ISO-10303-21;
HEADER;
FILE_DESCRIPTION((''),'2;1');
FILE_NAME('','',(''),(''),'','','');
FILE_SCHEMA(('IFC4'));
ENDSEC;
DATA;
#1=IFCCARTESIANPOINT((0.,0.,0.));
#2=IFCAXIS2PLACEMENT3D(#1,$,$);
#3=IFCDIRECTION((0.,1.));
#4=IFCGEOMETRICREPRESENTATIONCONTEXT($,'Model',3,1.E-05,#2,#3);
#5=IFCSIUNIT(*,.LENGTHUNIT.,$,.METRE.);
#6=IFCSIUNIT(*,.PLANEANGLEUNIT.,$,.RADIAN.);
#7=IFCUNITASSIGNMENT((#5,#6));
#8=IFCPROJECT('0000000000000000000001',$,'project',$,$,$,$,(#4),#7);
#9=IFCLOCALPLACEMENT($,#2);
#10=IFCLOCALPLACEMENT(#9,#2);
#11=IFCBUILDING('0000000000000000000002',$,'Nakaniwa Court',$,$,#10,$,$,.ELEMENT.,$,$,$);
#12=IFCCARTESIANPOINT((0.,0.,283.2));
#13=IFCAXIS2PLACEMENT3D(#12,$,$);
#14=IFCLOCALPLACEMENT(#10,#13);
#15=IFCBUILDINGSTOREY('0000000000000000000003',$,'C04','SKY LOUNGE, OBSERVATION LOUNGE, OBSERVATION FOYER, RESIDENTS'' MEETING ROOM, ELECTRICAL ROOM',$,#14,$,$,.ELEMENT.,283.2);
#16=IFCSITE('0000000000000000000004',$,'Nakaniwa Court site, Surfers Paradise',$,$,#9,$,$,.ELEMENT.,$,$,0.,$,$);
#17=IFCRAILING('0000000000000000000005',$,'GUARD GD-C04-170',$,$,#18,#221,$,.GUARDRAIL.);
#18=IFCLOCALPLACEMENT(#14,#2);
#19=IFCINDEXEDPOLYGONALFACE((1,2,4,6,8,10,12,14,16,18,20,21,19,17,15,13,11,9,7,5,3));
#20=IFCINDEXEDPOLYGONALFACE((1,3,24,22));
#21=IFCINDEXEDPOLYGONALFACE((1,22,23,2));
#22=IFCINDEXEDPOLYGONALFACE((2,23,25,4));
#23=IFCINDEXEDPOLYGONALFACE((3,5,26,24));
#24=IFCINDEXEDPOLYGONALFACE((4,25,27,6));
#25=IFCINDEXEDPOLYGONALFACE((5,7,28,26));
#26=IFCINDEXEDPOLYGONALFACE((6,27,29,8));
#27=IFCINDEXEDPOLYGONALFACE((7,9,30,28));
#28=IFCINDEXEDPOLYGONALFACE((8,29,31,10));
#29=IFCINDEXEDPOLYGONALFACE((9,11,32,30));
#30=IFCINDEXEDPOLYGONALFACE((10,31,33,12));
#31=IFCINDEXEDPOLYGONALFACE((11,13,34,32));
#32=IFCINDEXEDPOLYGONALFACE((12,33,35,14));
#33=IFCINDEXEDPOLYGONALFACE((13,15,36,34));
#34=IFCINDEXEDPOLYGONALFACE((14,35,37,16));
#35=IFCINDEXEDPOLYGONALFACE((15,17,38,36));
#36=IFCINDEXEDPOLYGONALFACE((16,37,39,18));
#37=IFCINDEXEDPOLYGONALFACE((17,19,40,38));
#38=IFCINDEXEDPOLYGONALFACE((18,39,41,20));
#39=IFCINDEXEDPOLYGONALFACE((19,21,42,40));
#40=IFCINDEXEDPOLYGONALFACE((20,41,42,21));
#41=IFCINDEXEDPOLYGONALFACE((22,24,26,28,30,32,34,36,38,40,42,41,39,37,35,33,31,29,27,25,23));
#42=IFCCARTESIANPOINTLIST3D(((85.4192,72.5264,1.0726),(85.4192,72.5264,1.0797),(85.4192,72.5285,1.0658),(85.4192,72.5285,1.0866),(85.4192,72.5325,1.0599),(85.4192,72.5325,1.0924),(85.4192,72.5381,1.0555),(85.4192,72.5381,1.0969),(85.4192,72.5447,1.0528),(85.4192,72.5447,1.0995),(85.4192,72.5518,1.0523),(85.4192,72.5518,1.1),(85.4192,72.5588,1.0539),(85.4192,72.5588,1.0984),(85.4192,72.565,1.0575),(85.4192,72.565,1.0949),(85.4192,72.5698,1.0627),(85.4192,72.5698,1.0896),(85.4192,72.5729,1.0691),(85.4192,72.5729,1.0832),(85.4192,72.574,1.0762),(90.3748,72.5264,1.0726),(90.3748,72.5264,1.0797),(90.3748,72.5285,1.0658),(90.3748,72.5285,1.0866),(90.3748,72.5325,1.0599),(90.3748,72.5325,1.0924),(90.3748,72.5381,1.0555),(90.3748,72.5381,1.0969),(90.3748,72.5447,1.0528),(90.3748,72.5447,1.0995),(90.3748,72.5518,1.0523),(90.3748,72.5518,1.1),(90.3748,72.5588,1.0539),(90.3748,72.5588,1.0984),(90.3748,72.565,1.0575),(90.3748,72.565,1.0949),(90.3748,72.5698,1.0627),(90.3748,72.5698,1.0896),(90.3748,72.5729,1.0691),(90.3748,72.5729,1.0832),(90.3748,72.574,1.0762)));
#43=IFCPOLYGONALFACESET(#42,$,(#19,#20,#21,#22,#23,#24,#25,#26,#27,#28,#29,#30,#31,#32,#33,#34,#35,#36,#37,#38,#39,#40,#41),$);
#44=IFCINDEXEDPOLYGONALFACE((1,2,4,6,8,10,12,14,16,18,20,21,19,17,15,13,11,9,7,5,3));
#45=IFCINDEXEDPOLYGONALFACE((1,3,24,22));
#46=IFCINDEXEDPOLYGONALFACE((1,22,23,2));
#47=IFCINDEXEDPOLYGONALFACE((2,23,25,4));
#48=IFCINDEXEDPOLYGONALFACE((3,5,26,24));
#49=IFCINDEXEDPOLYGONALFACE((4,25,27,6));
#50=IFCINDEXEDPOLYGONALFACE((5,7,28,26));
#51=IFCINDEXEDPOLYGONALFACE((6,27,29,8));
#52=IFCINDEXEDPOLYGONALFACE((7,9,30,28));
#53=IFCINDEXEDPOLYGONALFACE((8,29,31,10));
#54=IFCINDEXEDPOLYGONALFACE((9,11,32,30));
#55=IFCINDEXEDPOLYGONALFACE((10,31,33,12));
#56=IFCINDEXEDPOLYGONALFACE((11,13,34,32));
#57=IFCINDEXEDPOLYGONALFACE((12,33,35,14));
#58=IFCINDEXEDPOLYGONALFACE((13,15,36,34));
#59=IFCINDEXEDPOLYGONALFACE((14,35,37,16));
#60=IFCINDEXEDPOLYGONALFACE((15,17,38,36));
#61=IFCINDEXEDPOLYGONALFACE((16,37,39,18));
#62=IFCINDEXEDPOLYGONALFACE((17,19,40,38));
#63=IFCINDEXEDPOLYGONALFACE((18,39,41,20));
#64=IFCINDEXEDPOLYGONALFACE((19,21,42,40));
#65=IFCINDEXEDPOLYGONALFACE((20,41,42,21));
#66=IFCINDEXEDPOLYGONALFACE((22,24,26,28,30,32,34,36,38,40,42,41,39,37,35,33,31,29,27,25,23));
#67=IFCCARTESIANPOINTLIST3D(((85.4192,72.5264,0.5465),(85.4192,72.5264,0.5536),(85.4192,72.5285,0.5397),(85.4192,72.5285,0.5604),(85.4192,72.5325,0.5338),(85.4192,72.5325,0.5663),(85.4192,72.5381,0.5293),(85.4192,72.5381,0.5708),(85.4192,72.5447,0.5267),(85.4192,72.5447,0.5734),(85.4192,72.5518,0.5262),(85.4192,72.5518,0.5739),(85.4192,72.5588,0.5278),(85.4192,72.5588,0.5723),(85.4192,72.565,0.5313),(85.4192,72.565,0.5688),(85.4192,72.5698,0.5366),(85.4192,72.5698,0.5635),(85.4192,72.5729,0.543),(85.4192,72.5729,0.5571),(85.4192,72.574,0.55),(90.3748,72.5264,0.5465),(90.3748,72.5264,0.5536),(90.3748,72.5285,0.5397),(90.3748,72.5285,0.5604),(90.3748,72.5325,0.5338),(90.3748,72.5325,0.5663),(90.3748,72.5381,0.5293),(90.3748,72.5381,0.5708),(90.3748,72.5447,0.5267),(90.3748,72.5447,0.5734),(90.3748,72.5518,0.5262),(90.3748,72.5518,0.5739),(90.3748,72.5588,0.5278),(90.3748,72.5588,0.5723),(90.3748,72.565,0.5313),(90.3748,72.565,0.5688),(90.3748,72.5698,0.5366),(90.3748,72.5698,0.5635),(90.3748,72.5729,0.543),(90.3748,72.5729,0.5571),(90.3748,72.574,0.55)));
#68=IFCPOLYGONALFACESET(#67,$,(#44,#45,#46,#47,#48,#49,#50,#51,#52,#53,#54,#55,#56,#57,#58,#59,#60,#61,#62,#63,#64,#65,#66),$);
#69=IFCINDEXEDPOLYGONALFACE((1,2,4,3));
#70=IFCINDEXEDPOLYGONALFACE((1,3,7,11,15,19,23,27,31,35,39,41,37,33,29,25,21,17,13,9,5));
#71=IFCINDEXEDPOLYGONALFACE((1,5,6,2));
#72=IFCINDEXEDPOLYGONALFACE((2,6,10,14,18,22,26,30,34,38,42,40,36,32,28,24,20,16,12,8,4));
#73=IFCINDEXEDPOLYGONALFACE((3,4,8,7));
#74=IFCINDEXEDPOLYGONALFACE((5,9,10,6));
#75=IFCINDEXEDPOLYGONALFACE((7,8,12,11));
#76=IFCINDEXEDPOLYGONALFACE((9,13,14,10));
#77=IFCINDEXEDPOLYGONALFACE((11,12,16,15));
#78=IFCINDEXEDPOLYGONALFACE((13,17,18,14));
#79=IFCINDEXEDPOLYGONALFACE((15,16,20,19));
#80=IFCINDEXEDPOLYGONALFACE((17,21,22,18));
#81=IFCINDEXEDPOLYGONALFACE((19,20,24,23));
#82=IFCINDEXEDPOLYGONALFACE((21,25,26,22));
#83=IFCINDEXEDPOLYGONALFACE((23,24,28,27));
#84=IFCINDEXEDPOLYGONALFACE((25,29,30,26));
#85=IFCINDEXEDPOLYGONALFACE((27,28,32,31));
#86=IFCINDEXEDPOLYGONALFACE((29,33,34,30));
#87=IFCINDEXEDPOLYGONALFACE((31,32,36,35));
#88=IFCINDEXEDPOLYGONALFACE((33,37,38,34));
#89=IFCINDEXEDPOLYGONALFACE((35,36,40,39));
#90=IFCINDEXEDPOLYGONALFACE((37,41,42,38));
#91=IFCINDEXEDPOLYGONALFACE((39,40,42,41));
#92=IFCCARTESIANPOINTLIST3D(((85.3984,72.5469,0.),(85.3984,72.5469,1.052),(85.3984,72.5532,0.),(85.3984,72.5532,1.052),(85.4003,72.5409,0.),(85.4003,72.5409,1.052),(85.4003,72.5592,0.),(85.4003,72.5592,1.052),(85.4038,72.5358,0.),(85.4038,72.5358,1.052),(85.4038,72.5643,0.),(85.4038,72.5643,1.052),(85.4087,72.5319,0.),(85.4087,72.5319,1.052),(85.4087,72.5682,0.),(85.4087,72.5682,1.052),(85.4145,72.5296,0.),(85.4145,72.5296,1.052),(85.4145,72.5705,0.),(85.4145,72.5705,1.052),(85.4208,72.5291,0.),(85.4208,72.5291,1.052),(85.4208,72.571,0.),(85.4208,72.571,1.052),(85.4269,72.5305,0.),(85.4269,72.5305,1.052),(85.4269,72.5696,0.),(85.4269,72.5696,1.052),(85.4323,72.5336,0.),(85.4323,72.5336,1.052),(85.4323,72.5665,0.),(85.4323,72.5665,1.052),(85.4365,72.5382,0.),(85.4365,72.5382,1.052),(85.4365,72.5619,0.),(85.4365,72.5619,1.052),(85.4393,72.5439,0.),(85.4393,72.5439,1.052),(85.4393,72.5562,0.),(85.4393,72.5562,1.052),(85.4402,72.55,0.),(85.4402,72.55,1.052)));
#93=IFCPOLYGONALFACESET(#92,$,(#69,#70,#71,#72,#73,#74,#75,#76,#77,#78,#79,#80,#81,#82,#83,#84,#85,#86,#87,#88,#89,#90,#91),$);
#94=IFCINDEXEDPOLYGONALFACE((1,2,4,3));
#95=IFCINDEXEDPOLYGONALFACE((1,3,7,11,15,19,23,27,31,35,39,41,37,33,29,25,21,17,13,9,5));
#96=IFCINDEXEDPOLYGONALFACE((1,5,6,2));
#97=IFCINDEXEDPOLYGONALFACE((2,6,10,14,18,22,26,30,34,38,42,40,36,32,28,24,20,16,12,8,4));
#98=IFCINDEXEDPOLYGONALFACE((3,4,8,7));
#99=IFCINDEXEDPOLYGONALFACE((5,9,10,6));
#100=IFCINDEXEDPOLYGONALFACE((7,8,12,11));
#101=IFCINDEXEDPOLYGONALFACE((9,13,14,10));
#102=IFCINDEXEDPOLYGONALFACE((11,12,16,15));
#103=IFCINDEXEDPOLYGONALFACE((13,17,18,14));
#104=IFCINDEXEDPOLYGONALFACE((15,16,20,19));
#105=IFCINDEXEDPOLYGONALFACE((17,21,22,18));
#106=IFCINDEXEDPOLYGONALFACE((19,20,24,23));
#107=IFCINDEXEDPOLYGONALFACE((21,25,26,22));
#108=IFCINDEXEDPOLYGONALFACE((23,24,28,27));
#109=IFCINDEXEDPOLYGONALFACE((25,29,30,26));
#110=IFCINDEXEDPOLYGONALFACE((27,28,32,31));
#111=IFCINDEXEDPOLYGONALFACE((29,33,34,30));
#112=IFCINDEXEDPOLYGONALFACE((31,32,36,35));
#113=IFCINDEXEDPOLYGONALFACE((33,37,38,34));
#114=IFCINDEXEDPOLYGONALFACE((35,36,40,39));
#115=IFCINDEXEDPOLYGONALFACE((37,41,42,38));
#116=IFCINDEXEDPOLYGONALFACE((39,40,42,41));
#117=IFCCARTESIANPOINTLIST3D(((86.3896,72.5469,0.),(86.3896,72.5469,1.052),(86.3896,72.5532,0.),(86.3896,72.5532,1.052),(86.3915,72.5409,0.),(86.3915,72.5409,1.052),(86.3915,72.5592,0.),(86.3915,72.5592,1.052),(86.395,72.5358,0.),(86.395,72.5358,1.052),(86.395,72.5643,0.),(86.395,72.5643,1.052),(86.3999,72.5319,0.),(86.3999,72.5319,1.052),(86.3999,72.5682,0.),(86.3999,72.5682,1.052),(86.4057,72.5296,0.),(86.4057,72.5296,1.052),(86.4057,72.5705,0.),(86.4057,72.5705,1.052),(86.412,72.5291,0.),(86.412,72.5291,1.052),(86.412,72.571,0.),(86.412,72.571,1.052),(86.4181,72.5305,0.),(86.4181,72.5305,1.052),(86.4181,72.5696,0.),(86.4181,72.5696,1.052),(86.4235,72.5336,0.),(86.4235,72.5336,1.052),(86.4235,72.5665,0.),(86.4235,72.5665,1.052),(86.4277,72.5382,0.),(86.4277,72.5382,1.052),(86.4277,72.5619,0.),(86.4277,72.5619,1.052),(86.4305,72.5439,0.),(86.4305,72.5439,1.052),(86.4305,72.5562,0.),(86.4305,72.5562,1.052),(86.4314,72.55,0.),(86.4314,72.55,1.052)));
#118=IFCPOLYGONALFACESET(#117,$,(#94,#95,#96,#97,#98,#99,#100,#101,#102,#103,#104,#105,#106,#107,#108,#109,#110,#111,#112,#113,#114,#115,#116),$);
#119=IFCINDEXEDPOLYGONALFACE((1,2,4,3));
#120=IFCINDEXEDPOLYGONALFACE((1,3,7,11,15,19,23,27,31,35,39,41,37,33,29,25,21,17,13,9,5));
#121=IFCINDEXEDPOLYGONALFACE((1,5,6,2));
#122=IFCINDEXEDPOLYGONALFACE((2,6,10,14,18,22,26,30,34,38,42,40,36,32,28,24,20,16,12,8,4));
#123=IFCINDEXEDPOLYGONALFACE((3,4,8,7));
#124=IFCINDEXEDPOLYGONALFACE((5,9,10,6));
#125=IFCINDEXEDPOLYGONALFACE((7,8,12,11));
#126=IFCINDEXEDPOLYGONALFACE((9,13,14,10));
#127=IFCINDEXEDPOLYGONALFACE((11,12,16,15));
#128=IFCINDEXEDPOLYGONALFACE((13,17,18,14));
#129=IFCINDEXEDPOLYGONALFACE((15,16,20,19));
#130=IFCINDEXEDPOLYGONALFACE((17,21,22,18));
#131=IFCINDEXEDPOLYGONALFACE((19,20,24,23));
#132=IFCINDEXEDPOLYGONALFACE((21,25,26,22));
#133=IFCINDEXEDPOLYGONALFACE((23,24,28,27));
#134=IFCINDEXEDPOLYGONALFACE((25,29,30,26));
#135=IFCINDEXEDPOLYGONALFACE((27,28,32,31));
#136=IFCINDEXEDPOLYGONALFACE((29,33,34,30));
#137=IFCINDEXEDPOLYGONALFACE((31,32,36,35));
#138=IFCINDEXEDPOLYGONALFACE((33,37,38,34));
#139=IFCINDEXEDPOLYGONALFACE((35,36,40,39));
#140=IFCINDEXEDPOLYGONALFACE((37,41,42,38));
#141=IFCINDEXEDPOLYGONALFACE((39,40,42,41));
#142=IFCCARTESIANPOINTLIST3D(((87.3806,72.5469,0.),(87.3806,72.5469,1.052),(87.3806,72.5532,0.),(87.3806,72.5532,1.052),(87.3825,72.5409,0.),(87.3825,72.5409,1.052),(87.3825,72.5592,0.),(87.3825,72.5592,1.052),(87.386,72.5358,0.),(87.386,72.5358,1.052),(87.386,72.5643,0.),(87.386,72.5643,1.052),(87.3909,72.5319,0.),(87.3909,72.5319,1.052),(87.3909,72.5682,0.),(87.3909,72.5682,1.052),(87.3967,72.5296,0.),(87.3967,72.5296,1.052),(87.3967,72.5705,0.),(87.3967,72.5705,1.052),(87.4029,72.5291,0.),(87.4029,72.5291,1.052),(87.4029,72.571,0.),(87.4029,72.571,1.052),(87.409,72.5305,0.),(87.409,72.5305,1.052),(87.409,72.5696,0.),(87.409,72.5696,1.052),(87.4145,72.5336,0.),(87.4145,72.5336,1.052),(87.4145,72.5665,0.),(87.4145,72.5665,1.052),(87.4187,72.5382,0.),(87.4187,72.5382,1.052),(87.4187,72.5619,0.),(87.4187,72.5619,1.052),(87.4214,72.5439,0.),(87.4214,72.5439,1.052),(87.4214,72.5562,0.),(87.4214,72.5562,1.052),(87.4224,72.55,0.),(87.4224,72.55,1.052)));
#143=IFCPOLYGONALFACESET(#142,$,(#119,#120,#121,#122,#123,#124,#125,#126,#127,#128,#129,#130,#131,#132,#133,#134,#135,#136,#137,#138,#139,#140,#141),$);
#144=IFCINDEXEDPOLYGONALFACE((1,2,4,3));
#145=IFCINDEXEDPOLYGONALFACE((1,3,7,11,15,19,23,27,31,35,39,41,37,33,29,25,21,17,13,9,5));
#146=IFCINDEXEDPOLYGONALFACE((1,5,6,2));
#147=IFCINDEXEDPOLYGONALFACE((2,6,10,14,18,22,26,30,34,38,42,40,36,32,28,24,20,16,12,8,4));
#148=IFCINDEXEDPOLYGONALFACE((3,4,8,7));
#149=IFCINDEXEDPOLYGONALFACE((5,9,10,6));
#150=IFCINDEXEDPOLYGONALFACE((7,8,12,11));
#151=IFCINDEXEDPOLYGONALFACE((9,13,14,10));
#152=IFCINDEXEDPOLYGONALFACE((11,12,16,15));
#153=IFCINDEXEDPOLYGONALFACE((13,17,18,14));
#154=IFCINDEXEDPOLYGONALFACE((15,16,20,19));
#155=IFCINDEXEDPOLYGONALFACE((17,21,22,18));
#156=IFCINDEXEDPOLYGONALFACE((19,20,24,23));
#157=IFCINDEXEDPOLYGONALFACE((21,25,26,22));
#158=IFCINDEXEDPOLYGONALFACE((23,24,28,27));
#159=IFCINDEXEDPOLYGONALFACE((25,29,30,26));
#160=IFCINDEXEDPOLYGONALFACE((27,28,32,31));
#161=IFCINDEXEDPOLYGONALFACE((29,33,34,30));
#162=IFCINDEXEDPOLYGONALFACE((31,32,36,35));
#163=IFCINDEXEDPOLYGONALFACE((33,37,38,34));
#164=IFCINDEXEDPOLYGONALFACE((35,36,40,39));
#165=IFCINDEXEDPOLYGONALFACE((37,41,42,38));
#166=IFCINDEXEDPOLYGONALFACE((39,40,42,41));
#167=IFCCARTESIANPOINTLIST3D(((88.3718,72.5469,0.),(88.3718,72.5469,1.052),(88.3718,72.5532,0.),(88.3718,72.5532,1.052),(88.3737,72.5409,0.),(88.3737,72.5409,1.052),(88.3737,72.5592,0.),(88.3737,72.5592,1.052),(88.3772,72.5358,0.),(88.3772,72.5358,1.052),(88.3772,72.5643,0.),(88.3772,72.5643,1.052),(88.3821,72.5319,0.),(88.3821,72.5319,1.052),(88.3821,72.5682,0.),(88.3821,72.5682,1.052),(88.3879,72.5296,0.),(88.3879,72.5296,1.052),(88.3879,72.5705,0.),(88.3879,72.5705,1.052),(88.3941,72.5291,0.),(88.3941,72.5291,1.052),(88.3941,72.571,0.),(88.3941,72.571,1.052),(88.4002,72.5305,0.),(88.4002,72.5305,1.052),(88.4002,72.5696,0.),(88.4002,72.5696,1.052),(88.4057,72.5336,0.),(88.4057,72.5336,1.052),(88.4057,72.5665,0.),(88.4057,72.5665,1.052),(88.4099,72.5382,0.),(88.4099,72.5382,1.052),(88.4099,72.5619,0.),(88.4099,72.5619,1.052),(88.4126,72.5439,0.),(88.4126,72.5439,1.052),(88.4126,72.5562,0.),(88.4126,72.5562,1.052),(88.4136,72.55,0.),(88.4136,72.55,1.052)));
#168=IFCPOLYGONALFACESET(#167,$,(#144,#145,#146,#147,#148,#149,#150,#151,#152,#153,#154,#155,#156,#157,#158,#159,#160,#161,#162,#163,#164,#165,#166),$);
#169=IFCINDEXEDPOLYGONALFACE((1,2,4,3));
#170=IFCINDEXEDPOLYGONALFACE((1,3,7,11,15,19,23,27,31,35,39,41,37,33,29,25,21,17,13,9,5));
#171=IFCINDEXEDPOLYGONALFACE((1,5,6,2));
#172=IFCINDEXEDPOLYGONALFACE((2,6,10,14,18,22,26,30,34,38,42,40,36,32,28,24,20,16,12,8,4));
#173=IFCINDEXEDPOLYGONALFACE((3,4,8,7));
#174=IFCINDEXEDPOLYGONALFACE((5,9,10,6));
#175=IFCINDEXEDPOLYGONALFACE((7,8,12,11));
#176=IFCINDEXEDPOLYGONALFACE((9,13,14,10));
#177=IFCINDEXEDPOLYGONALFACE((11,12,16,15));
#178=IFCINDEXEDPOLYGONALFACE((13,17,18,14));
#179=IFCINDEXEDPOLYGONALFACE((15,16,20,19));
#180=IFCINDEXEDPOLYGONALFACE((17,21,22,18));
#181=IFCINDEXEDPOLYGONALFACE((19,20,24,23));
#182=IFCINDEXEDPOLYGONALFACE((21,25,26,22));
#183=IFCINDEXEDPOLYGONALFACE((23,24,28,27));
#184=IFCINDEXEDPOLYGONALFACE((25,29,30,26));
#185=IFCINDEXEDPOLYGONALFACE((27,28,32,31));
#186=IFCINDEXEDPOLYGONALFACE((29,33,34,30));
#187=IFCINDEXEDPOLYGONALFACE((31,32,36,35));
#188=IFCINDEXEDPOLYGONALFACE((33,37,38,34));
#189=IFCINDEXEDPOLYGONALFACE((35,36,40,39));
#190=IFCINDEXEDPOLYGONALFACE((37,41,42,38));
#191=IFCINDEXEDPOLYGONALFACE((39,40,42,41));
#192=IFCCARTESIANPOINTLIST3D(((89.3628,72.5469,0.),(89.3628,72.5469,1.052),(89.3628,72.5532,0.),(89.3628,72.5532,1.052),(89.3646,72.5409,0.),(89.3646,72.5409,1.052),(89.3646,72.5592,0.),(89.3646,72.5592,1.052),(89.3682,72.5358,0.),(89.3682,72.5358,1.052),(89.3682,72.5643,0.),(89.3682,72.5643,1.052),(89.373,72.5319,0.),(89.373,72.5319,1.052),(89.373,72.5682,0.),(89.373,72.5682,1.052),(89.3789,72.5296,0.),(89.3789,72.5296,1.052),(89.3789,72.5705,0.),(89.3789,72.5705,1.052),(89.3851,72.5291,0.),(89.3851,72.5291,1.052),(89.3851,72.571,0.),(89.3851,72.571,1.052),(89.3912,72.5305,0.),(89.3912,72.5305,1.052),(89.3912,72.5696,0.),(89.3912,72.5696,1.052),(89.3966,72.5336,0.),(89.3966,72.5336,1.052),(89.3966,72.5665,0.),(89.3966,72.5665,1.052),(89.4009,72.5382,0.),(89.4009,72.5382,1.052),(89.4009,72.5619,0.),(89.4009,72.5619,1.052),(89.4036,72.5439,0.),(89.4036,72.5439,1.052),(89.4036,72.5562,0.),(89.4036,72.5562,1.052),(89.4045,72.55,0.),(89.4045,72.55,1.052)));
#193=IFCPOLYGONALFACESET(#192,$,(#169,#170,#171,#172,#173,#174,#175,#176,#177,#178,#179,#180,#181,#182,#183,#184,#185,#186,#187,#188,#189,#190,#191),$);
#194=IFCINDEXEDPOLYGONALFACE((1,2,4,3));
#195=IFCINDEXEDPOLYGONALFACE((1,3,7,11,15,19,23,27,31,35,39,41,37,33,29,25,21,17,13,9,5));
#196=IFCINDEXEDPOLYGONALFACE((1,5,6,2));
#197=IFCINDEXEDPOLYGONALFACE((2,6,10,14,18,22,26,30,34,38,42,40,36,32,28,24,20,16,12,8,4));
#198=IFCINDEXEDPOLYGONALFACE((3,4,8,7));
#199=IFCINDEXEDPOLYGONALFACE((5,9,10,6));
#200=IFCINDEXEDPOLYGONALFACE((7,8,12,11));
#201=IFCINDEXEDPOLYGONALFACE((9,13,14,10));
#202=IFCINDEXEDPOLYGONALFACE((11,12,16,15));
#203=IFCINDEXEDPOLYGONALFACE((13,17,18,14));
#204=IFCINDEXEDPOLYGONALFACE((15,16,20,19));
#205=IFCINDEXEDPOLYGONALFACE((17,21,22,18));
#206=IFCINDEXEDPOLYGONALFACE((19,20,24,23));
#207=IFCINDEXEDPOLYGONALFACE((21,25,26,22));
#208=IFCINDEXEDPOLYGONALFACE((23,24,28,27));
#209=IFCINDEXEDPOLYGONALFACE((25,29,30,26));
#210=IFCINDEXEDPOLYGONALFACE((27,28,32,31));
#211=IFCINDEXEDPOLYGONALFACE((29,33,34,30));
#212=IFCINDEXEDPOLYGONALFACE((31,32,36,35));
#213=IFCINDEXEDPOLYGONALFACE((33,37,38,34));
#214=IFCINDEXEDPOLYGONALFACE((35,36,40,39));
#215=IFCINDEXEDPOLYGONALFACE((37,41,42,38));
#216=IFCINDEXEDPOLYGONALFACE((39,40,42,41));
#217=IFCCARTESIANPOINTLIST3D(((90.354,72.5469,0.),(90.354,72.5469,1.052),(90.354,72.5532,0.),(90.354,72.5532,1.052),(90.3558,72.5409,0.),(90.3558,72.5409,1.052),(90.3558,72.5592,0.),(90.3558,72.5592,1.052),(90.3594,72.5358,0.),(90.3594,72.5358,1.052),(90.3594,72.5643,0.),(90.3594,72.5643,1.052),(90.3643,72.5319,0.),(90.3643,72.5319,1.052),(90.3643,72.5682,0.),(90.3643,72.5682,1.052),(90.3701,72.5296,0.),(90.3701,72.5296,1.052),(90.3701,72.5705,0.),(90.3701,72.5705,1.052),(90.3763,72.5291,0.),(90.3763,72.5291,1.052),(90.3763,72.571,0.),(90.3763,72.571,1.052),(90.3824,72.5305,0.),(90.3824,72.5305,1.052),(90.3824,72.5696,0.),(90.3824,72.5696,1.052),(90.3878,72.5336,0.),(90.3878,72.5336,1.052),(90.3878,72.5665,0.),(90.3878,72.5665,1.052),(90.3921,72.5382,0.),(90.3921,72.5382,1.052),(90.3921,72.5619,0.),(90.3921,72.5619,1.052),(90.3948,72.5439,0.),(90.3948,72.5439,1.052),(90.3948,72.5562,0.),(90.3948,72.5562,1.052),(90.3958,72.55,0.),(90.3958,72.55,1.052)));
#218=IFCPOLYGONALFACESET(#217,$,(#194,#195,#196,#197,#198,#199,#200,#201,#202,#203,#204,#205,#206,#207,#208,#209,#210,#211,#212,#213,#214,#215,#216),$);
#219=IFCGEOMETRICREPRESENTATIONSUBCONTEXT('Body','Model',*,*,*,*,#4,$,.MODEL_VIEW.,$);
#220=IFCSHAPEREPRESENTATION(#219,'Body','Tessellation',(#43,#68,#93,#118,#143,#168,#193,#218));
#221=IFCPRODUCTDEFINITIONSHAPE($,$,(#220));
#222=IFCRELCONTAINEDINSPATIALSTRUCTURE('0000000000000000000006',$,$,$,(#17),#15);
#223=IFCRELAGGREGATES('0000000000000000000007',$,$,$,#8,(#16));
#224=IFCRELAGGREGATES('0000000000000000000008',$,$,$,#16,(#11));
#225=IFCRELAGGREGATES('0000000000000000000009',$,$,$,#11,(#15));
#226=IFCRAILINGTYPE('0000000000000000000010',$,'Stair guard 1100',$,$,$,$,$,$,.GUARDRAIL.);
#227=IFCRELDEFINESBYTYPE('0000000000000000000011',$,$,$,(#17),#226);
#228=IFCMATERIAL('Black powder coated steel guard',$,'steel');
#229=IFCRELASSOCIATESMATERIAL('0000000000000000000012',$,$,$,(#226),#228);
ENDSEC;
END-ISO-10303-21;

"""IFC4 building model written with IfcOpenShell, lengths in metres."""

from ifc_helpers import new_model, si_unit, direction, frame, origin, origin_2d, place, context, subcontext, project, spatial, circle, extrude, material, type_object, element, save


model = new_model("IFC4")

# Units and contexts
model_context = context("Model", 3, precision=1e-05, world=origin(), true_north=direction((0.0, 1.0)))
body_context = subcontext(model_context, "Body", "Model", "MODEL_VIEW")
ifc_project = project(units=[si_unit("LENGTHUNIT", "METRE"), si_unit("PLANEANGLEUNIT", "RADIAN")], contexts=[model_context])

# Site, building, storey
site_placement = place(None, origin())
site = spatial("IfcSite", under=ifc_project, at=site_placement, Name="Nakaniwa Court site, Surfers Paradise", CompositionType="ELEMENT", RefElevation=0.0)
building_placement = place(site_placement, origin())
building = spatial("IfcBuilding", under=site, at=building_placement, Name="Nakaniwa Court", CompositionType="ELEMENT")
storey_placement = place(building_placement, frame((0.0, 0.0, 283.2)))
storey = spatial("IfcBuildingStorey", under=building, at=storey_placement, Name="C04", Description="SKY LOUNGE, OBSERVATION LOUNGE, OBSERVATION FOYER, RESIDENTS' MEETING ROOM, ELECTRICAL ROOM", CompositionType="ELEMENT", Elevation=283.2)

# Railing
ifc_material_1 = material(Name="Black powder coated steel guard", Category="steel")
railing_type = type_object("IfcRailingType", Name="Stair guard 1100", PredefinedType="GUARDRAIL", material=ifc_material_1)
railing_1_placement = place(storey_placement, frame((85.4192, 72.55, 0.0)))
element("IfcRailing", 1, at=railing_1_placement, inside=storey, type_object=railing_type, Name="GUARD GD-C04-170", PredefinedType="GUARDRAIL", context=body_context, shape_type="SweptSolid", body=[
    extrude(circle(Radius=0.0239, at=origin_2d()), frame((0.0, 0.0, 1.0762), z_axis=(1.0, 0.0, 0.0), x_axis=(0.0, 1.0, 0.0)), (0.0, 0.0, 1.0), 4.9556),
    extrude(circle(Radius=0.0239, at=origin_2d()), frame((0.0, 0.0, 0.55), z_axis=(1.0, 0.0, 0.0), x_axis=(0.0, 1.0, 0.0)), (0.0, 0.0, 1.0), 4.9556),
    extrude(circle(Radius=0.021, at=origin_2d()), origin(), (0.0, 0.0, 1.0), 1.052),
    extrude(circle(Radius=0.021, at=origin_2d()), frame((0.9912, 0.0, 0.0)), (0.0, 0.0, 1.0), 1.052),
    extrude(circle(Radius=0.021, at=origin_2d()), frame((1.9822, 0.0, 0.0)), (0.0, 0.0, 1.0), 1.052),
    extrude(circle(Radius=0.021, at=origin_2d()), frame((2.9734, 0.0, 0.0)), (0.0, 0.0, 1.0), 1.052),
    extrude(circle(Radius=0.021, at=origin_2d()), frame((3.9644, 0.0, 0.0)), (0.0, 0.0, 1.0), 1.052),
    extrude(circle(Radius=0.021, at=origin_2d()), frame((4.9556, 0.0, 0.0)), (0.0, 0.0, 1.0), 1.052),
])

save(model, "model.ifc")
